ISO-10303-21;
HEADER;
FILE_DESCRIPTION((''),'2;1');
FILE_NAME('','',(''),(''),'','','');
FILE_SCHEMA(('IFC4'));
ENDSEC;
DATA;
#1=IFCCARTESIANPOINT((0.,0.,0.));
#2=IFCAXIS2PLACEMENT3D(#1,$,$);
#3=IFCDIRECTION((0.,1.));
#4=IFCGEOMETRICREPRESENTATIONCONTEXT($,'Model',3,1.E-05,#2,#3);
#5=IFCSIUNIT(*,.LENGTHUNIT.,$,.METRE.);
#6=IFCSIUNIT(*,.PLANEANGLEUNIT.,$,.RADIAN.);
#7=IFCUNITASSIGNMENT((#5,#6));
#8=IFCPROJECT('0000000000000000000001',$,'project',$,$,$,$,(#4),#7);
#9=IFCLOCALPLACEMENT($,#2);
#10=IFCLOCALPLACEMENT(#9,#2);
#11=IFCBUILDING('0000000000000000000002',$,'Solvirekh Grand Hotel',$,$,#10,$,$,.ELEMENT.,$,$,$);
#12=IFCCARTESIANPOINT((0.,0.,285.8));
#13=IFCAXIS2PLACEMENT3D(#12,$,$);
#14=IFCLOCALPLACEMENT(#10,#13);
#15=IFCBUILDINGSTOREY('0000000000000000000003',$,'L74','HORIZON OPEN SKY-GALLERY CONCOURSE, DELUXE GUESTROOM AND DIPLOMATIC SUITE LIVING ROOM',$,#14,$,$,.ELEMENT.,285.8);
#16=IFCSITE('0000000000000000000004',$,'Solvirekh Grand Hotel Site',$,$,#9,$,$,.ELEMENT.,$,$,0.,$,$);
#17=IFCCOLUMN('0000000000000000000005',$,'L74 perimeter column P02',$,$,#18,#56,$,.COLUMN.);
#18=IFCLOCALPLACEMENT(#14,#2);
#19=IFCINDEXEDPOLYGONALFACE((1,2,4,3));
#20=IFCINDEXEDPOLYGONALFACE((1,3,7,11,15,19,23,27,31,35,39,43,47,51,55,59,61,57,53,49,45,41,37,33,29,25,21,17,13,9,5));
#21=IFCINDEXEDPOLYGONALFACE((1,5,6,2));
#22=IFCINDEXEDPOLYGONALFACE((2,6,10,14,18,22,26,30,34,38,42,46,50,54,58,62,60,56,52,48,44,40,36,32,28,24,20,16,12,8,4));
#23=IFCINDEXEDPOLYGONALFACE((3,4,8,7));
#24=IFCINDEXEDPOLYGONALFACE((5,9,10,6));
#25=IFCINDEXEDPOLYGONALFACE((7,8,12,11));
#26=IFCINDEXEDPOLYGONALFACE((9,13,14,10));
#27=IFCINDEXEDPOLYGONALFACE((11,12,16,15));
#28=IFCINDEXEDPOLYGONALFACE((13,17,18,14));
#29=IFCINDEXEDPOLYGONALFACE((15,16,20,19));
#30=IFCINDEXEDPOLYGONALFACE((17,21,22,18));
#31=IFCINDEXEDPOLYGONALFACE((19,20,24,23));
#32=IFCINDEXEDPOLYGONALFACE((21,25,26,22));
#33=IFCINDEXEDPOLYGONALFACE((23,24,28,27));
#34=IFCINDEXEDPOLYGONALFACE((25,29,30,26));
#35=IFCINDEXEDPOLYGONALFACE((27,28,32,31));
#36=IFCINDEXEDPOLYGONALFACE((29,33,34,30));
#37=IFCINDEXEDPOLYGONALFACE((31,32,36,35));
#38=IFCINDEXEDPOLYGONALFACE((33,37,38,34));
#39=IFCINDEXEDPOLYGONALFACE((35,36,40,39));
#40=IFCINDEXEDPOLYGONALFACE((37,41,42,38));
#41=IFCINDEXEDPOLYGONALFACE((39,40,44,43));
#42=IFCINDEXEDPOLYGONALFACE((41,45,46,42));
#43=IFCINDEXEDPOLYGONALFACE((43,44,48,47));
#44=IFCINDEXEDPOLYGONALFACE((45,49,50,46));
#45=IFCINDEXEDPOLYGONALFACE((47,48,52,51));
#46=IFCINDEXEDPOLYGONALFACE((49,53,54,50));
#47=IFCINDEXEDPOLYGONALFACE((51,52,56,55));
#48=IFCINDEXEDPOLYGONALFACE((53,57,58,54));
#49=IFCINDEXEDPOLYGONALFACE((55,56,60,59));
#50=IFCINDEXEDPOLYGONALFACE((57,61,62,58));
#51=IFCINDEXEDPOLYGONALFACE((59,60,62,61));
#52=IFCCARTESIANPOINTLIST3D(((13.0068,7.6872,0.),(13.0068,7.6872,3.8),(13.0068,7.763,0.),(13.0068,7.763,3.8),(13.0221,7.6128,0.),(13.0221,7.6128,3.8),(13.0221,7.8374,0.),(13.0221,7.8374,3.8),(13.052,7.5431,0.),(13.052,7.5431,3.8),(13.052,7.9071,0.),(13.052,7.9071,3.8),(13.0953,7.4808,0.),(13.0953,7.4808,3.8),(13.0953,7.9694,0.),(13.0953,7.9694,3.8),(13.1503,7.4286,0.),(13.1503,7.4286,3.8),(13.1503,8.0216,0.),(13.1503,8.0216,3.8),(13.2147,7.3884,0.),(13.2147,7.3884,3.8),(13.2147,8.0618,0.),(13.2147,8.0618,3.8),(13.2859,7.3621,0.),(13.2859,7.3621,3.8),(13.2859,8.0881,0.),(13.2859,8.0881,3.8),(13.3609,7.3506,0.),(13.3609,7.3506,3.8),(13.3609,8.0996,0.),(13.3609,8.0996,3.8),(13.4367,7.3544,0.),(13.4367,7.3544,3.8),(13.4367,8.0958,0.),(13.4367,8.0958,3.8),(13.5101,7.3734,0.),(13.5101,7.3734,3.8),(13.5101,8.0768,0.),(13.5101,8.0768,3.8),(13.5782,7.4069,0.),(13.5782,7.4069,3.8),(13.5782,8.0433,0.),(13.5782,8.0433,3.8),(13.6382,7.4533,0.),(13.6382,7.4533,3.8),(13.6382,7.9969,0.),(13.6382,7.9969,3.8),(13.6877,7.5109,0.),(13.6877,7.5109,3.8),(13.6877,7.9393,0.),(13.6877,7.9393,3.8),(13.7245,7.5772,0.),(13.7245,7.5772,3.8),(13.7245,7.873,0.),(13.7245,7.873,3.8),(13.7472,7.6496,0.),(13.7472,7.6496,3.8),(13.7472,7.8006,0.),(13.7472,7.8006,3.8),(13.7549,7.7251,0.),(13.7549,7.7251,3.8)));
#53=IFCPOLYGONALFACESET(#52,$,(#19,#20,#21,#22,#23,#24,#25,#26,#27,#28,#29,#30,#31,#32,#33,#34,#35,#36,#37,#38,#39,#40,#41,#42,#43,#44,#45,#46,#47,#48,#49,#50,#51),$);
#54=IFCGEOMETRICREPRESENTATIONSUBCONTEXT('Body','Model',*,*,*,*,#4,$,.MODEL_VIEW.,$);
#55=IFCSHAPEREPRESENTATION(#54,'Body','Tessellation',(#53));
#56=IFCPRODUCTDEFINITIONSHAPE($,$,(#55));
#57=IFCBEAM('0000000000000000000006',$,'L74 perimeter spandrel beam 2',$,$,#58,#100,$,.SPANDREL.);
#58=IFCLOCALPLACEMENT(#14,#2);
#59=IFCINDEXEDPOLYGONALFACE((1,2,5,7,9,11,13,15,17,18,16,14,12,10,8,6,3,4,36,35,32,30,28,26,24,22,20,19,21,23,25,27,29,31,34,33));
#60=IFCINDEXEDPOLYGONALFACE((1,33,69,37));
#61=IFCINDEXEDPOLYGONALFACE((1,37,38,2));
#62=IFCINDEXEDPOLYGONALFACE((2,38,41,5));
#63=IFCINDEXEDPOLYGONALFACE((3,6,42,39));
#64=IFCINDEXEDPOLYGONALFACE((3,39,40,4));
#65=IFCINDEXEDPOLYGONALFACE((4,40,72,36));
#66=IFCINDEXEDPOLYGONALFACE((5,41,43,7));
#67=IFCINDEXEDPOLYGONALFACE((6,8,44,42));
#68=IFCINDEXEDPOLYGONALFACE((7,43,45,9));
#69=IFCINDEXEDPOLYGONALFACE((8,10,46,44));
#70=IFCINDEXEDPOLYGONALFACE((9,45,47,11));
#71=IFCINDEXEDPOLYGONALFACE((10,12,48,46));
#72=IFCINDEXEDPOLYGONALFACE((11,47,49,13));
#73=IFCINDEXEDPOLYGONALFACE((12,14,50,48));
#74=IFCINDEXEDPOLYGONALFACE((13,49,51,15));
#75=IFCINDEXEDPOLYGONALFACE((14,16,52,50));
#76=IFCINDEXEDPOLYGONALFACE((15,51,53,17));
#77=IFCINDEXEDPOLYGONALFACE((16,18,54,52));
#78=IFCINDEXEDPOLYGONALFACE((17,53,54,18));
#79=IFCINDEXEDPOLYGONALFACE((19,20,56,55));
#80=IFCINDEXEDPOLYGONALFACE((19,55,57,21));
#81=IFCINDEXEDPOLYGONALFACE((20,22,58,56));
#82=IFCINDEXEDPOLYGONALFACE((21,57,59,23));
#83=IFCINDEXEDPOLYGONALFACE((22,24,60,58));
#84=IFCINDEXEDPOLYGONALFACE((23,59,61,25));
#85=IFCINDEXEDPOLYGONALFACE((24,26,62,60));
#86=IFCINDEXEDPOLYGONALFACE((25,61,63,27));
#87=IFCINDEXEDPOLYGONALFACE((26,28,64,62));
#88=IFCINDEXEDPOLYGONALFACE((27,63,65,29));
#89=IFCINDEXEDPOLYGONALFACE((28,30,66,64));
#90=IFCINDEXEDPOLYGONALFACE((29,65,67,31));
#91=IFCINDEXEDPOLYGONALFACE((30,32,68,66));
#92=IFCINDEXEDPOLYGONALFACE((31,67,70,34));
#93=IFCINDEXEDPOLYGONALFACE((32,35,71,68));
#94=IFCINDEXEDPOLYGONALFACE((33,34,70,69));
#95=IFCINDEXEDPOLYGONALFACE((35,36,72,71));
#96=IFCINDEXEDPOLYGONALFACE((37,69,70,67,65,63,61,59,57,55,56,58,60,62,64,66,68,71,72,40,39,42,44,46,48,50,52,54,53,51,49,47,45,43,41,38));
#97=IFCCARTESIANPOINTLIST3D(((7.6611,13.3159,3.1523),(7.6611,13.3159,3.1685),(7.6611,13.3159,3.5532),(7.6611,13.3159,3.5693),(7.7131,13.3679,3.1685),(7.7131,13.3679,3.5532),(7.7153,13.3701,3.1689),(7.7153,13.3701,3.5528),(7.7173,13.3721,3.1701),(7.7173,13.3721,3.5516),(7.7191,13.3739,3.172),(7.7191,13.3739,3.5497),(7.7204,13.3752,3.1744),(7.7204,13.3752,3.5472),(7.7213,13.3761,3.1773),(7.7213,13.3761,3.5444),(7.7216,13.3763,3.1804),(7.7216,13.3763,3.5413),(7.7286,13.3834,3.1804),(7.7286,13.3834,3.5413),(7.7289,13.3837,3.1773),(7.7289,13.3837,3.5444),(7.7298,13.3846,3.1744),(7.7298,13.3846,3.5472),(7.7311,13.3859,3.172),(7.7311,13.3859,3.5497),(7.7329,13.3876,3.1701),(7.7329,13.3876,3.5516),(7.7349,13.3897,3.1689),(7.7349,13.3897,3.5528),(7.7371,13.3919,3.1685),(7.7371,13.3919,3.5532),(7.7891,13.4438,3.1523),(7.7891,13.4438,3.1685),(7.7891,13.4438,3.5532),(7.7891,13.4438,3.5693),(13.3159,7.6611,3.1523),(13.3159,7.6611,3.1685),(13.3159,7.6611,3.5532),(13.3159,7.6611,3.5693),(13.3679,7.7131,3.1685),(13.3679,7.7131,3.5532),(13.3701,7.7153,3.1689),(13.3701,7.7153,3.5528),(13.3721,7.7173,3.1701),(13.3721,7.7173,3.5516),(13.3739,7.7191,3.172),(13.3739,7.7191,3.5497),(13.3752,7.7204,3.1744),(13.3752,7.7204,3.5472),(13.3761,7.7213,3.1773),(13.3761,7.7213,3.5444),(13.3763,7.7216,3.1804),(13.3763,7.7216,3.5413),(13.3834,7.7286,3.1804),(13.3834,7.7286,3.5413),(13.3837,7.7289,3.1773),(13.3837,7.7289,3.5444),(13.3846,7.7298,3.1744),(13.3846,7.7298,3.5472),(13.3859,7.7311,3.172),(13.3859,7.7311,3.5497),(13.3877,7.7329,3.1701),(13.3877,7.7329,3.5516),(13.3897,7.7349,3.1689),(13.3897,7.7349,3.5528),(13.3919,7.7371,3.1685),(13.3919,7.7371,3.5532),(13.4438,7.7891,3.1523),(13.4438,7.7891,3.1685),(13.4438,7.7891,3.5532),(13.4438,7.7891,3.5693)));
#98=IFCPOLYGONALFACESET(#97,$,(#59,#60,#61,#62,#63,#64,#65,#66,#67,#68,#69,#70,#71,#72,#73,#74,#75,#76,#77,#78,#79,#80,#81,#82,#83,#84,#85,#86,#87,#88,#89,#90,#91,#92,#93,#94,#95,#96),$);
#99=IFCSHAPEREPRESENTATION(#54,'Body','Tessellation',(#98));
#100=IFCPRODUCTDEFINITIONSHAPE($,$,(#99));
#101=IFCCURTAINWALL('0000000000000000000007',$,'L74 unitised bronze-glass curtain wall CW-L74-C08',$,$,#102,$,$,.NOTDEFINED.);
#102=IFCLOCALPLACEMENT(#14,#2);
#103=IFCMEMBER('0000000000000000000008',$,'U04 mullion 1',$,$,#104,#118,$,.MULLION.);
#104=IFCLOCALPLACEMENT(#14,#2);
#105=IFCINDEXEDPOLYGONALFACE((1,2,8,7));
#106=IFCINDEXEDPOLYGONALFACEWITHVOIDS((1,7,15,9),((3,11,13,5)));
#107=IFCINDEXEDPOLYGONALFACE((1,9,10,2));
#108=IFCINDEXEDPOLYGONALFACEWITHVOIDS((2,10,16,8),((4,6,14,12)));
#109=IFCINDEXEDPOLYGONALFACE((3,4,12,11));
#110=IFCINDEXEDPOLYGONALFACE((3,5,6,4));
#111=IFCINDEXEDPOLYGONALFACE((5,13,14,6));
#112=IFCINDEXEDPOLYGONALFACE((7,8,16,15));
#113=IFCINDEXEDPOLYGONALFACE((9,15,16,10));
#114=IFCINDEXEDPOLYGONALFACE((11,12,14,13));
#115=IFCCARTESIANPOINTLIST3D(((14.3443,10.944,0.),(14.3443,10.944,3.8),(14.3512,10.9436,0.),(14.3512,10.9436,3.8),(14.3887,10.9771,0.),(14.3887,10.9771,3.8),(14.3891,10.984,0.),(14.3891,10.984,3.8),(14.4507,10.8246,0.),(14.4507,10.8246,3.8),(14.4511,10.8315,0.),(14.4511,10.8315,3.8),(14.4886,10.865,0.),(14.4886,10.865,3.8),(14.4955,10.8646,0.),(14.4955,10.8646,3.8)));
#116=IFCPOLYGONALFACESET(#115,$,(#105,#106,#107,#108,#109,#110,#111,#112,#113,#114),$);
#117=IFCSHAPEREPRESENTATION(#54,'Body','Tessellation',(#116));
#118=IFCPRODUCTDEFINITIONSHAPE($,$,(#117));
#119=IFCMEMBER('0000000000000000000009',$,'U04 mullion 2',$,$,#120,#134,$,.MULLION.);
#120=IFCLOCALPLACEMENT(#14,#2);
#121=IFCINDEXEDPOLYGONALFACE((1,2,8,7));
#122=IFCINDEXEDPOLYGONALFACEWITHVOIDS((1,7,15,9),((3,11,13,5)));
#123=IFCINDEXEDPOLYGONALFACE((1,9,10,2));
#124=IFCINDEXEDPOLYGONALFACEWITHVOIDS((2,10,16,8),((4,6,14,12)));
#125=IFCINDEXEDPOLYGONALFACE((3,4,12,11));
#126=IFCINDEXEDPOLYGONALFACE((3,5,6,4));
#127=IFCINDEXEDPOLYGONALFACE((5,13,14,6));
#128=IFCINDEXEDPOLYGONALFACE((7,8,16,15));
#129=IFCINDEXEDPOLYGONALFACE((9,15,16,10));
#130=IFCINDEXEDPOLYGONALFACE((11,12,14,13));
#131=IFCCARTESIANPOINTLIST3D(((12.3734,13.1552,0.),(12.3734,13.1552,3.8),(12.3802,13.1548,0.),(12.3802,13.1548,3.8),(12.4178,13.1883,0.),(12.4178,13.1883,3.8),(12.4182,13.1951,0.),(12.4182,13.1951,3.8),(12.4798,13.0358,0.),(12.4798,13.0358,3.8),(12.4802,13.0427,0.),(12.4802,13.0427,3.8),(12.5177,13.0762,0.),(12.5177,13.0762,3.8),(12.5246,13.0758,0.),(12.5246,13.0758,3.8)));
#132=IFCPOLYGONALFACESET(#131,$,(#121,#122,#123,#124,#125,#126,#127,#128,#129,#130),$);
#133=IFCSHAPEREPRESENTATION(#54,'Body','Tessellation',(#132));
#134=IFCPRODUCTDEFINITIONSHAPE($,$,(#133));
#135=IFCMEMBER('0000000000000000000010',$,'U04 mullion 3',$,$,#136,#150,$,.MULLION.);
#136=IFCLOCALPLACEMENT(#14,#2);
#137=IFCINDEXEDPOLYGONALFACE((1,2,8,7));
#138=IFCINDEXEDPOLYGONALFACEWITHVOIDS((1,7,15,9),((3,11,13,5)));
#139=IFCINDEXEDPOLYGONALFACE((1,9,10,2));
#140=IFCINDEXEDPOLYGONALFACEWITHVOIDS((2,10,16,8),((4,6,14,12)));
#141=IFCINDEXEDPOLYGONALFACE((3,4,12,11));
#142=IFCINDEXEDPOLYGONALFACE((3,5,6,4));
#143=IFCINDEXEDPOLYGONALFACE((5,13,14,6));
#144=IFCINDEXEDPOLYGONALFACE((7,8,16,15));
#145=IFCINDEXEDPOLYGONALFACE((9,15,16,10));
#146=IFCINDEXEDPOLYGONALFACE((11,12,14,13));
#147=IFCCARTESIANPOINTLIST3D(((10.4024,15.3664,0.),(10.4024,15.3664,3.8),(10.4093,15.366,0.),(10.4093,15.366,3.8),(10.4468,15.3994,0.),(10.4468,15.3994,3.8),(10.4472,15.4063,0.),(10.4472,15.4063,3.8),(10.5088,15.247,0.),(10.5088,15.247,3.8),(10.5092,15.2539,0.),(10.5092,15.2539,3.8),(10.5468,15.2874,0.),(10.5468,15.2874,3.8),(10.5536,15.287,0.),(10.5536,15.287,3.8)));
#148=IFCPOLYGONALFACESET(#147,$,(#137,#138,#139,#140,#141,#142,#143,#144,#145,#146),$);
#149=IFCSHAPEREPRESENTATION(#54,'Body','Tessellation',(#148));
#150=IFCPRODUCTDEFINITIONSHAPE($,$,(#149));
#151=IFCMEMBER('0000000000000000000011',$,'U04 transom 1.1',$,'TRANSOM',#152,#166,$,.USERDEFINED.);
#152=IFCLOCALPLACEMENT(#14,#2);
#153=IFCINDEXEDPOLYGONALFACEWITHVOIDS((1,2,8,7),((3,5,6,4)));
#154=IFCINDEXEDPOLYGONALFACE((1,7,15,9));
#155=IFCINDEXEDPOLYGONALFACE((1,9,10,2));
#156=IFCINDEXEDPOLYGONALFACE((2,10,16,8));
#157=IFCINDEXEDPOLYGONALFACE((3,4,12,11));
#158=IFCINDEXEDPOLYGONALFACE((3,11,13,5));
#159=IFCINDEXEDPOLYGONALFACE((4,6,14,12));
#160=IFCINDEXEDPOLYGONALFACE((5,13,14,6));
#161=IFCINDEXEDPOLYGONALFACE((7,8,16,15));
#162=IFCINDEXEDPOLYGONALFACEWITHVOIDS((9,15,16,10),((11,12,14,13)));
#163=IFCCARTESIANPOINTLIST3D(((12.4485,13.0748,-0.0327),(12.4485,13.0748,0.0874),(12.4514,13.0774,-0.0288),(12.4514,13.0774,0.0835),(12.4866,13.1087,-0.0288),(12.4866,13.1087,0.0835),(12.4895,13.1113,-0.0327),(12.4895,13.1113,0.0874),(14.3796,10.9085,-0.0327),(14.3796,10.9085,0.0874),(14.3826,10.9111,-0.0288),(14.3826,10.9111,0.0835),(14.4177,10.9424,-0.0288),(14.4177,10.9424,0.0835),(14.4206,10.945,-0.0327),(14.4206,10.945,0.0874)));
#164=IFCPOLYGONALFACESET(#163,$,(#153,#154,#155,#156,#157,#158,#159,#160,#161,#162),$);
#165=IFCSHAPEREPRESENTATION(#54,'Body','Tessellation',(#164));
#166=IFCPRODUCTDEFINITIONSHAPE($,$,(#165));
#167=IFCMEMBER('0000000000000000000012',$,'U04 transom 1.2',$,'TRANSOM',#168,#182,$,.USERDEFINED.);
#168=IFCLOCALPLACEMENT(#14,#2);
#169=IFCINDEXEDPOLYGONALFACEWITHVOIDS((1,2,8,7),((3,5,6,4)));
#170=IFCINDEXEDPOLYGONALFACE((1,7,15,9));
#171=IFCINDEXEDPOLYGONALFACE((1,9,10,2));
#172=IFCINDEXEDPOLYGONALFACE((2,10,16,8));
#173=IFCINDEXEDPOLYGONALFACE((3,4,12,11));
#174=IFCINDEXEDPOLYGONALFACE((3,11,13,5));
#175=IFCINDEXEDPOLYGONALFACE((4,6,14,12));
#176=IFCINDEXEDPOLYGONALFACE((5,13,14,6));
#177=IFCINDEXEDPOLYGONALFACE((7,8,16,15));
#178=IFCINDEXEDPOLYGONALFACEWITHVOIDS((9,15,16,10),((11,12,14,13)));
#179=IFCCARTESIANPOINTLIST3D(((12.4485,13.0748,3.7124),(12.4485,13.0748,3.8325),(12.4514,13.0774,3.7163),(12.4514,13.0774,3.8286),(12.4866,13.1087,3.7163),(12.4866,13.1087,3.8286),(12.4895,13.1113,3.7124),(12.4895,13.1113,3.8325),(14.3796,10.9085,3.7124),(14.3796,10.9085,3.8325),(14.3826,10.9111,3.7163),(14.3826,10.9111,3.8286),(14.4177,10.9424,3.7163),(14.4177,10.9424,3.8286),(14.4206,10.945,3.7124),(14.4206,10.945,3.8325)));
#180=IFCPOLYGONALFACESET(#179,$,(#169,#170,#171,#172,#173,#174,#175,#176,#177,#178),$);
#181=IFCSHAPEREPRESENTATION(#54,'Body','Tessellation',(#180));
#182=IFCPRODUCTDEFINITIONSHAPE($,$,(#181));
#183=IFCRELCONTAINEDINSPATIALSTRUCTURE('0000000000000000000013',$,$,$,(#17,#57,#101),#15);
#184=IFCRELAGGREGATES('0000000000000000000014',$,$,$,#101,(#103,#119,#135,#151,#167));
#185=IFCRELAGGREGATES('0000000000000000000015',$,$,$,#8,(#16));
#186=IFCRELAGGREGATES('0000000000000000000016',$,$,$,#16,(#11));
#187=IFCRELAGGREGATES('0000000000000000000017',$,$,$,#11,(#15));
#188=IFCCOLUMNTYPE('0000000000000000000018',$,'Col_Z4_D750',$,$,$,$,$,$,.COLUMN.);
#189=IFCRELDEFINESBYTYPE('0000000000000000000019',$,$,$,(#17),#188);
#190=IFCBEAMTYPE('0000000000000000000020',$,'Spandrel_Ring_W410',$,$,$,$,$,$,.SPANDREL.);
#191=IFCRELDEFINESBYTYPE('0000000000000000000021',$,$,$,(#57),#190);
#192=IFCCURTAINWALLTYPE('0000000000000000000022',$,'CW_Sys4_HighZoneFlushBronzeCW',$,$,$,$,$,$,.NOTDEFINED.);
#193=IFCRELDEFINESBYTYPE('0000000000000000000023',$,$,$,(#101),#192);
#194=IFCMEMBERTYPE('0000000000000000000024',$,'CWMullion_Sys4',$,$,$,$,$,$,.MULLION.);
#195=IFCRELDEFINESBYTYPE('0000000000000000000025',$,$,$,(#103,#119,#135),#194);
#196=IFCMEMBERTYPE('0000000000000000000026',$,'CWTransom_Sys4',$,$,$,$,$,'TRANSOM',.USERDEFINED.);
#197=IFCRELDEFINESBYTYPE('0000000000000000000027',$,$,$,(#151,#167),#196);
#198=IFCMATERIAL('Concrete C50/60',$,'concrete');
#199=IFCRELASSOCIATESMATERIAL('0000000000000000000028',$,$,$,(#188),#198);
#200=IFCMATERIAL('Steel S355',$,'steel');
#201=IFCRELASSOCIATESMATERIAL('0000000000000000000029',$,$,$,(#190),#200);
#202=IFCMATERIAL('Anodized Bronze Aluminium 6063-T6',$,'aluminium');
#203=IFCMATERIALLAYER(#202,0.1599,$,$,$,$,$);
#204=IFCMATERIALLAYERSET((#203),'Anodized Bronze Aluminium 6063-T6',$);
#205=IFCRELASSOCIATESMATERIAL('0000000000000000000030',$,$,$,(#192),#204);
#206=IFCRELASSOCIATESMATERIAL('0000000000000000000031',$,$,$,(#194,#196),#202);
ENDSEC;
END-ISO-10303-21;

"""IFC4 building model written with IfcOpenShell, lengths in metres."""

from ifc_helpers import new_model, si_unit, direction, frame, origin, origin_2d, place, context, subcontext, project, spatial, hollow_rectangle, circle, i_section, extrude, source, transform, mapped, material, layer, layer_set, material_profile, profile_set, type_object, element, aggregate, save


model = new_model("IFC4")

# Units and contexts
model_context = context("Model", 3, precision=1e-05, world=origin(), true_north=direction((0.0, 1.0)))
body_context = subcontext(model_context, "Body", "Model", "MODEL_VIEW")
ifc_project = project(units=[si_unit("LENGTHUNIT", "METRE"), si_unit("PLANEANGLEUNIT", "RADIAN")], contexts=[model_context])

# Site, building, storey
site_placement = place(None, origin())
site = spatial("IfcSite", under=ifc_project, at=site_placement, Name="Solvirekh Grand Hotel Site", CompositionType="ELEMENT", RefElevation=0.0)
building_placement = place(site_placement, origin())
building = spatial("IfcBuilding", under=site, at=building_placement, Name="Solvirekh Grand Hotel", CompositionType="ELEMENT")
storey_placement = place(building_placement, frame((0.0, 0.0, 285.8)))
storey = spatial("IfcBuildingStorey", under=building, at=storey_placement, Name="L74", Description="HORIZON OPEN SKY-GALLERY CONCOURSE, DELUXE GUESTROOM AND DIPLOMATIC SUITE LIVING ROOM", CompositionType="ELEMENT", Elevation=285.8)

# Column
ifc_material_1 = material(Name="Concrete C50/60", Category="concrete")
ifc_material_profile_1 = material_profile(ifc_material_1, circle(Radius=0.375, at=origin_2d()), Name="RC CIRC D750")
ifc_profile_set_1 = profile_set([ifc_material_profile_1], Name="Concrete C50/60")
column_type = type_object("IfcColumnType", Name="Col_Z4_D750", PredefinedType="COLUMN", material=ifc_profile_set_1)
column_placement = place(storey_placement, frame((13.3799, 7.7251, 0.0), z_axis=(0.0, 0.0, 1.0), x_axis=(1.0, 0.0, 0.0)))
element("IfcColumn", 1, at=column_placement, inside=storey, type_object=column_type, Name="L74 perimeter column P02", PredefinedType="COLUMN", context=body_context, shape_type="SweptSolid", body=[
    extrude(circle(Radius=0.375, at=origin_2d()), origin(), (0.0, 0.0, 1.0), 3.8),
])

# Beam
ifc_material_2 = material(Name="Steel S355", Category="steel")
ifc_material_profile_2 = material_profile(ifc_material_2, i_section(OverallWidth=0.1809, OverallDepth=0.417, WebThickness=0.01, FlangeThickness=0.0161, FilletRadius=0.012, at=origin_2d()), Name="W410X85")
ifc_profile_set_2 = profile_set([ifc_material_profile_2], Name="Steel S355")
beam_type = type_object("IfcBeamType", Name="Spandrel_Ring_W410", PredefinedType="SPANDREL", material=ifc_profile_set_2)
beam_placement = place(storey_placement, frame((13.3799, 7.7251, 3.3608), z_axis=(-0.707107, 0.707107, 0.0), x_axis=(-0.707107, -0.707107, 0.0)))
element("IfcBeam", 2, at=beam_placement, inside=storey, type_object=beam_type, Name="L74 perimeter spandrel beam 2", PredefinedType="SPANDREL", context=body_context, shape_type="SweptSolid", body=[
    extrude(i_section(OverallWidth=0.1809, OverallDepth=0.417, WebThickness=0.01, FlangeThickness=0.0161, FilletRadius=0.012, at=origin_2d()), origin(), (0.0, 0.0, 1.0), 7.9971),
])

# Curtain wall, members
ifc_material_3 = material(Name="Anodized Bronze Aluminium 6063-T6", Category="aluminium")
ifc_layer_1 = layer(ifc_material_3, 0.1599)
ifc_layer_set_1 = layer_set([ifc_layer_1], Name="Anodized Bronze Aluminium 6063-T6")
curtain_wall_type = type_object("IfcCurtainWallType", Name="CW_Sys4_HighZoneFlushBronzeCW", PredefinedType="NOTDEFINED", material=ifc_layer_set_1)
curtain_wall_placement = place(storey_placement, origin())
curtain_wall = element("IfcCurtainWall", 3, at=curtain_wall_placement, inside=storey, type_object=curtain_wall_type, Name="L74 unitised bronze-glass curtain wall CW-L74-C08", PredefinedType="NOTDEFINED")
ifc_material_profile_3 = material_profile(ifc_material_3, hollow_rectangle(XDim=0.0601, YDim=0.1599, WallThickness=0.0049, at=origin_2d()), Name="ALU RHS 160X60X5")
ifc_profile_set_3 = profile_set([ifc_material_profile_3], Name="Anodized Bronze Aluminium 6063-T6")
member_type_1 = type_object("IfcMemberType", Name="CWMullion_Sys4", PredefinedType="MULLION", material=ifc_profile_set_3)
shared_shape_1 = source(origin(), body_context, "Body", "SweptSolid", [
    extrude(hollow_rectangle(XDim=0.0601, YDim=0.1599, WallThickness=0.0049, at=origin_2d()), origin(), (0.0, 0.0, 1.0), 3.8),
])
member_1_placement = place(storey_placement, frame((14.4199, 10.9043, 0.0), z_axis=(0.0, 0.0, 1.0), x_axis=(-0.746468, -0.665421, 0.0)))
member_1 = element("IfcMember", 4, at=member_1_placement, type_object=member_type_1, Name="U04 mullion 1", PredefinedType="MULLION", context=body_context, shape_type="MappedRepresentation", body=[
    mapped(shared_shape_1, transform((0.0, 0.0, 0.0), x_axis=(1.0, 0.0, 0.0), y_axis=(0.0, 1.0, 0.0), z_axis=(0.0, 0.0, 1.0), scale=1.0)),
])
member_2_placement = place(storey_placement, frame((12.449, 13.1155, 0.0), z_axis=(0.0, 0.0, 1.0), x_axis=(-0.746468, -0.665421, 0.0)))
member_2 = element("IfcMember", 5, at=member_2_placement, type_object=member_type_1, Name="U04 mullion 2", PredefinedType="MULLION", context=body_context, shape_type="MappedRepresentation", body=[
    mapped(shared_shape_1, transform((0.0, 0.0, 0.0), x_axis=(1.0, 0.0, 0.0), y_axis=(0.0, 1.0, 0.0), z_axis=(0.0, 0.0, 1.0), scale=1.0)),
])
member_3_placement = place(storey_placement, frame((10.478, 15.3267, 0.0), z_axis=(0.0, 0.0, 1.0), x_axis=(-0.746468, -0.665421, 0.0)))
member_3 = element("IfcMember", 6, at=member_3_placement, type_object=member_type_1, Name="U04 mullion 3", PredefinedType="MULLION", context=body_context, shape_type="MappedRepresentation", body=[
    mapped(shared_shape_1, transform((0.0, 0.0, 0.0), x_axis=(1.0, 0.0, 0.0), y_axis=(0.0, 1.0, 0.0), z_axis=(0.0, 0.0, 1.0), scale=1.0)),
])
ifc_material_profile_4 = material_profile(ifc_material_3, hollow_rectangle(XDim=0.0549, YDim=0.1201, WallThickness=0.0039, at=origin_2d()), Name="ALU RHS 120X55X4")
ifc_profile_set_4 = profile_set([ifc_material_profile_4], Name="Anodized Bronze Aluminium 6063-T6")
member_type_2 = type_object("IfcMemberType", Name="CWTransom_Sys4", ElementType="TRANSOM", PredefinedType="USERDEFINED", material=ifc_profile_set_4)
shared_shape_2 = source(origin(), body_context, "Body", "SweptSolid", [
    extrude(hollow_rectangle(XDim=0.0549, YDim=0.1201, WallThickness=0.0039, at=origin_2d()), origin(), (0.0, 0.0, 1.0), 2.9021),
])
member_4_placement = place(storey_placement, frame((14.4001, 10.9268, 0.0273), z_axis=(-0.665439, 0.746452, 0.0), x_axis=(-0.746452, -0.665439, 0.0)))
member_4 = element("IfcMember", 7, at=member_4_placement, type_object=member_type_2, Name="U04 transom 1.1", ObjectType="TRANSOM", PredefinedType="USERDEFINED", context=body_context, shape_type="MappedRepresentation", body=[
    mapped(shared_shape_2, transform((0.0, 0.0, 0.0), x_axis=(1.0, 0.0, 0.0), y_axis=(0.0, 1.0, 0.0), z_axis=(0.0, 0.0, 1.0), scale=1.0)),
])
member_5_placement = place(storey_placement, frame((14.4001, 10.9268, 3.7725), z_axis=(-0.665439, 0.746452, 0.0), x_axis=(-0.746452, -0.665439, 0.0)))
member_5 = element("IfcMember", 8, at=member_5_placement, type_object=member_type_2, Name="U04 transom 1.2", ObjectType="TRANSOM", PredefinedType="USERDEFINED", context=body_context, shape_type="MappedRepresentation", body=[
    mapped(shared_shape_2, transform((0.0, 0.0, 0.0), x_axis=(1.0, 0.0, 0.0), y_axis=(0.0, 1.0, 0.0), z_axis=(0.0, 0.0, 1.0), scale=1.0)),
])
aggregate(curtain_wall, [member_1, member_2, member_3, member_4, member_5])

save(model, "model.ifc")
